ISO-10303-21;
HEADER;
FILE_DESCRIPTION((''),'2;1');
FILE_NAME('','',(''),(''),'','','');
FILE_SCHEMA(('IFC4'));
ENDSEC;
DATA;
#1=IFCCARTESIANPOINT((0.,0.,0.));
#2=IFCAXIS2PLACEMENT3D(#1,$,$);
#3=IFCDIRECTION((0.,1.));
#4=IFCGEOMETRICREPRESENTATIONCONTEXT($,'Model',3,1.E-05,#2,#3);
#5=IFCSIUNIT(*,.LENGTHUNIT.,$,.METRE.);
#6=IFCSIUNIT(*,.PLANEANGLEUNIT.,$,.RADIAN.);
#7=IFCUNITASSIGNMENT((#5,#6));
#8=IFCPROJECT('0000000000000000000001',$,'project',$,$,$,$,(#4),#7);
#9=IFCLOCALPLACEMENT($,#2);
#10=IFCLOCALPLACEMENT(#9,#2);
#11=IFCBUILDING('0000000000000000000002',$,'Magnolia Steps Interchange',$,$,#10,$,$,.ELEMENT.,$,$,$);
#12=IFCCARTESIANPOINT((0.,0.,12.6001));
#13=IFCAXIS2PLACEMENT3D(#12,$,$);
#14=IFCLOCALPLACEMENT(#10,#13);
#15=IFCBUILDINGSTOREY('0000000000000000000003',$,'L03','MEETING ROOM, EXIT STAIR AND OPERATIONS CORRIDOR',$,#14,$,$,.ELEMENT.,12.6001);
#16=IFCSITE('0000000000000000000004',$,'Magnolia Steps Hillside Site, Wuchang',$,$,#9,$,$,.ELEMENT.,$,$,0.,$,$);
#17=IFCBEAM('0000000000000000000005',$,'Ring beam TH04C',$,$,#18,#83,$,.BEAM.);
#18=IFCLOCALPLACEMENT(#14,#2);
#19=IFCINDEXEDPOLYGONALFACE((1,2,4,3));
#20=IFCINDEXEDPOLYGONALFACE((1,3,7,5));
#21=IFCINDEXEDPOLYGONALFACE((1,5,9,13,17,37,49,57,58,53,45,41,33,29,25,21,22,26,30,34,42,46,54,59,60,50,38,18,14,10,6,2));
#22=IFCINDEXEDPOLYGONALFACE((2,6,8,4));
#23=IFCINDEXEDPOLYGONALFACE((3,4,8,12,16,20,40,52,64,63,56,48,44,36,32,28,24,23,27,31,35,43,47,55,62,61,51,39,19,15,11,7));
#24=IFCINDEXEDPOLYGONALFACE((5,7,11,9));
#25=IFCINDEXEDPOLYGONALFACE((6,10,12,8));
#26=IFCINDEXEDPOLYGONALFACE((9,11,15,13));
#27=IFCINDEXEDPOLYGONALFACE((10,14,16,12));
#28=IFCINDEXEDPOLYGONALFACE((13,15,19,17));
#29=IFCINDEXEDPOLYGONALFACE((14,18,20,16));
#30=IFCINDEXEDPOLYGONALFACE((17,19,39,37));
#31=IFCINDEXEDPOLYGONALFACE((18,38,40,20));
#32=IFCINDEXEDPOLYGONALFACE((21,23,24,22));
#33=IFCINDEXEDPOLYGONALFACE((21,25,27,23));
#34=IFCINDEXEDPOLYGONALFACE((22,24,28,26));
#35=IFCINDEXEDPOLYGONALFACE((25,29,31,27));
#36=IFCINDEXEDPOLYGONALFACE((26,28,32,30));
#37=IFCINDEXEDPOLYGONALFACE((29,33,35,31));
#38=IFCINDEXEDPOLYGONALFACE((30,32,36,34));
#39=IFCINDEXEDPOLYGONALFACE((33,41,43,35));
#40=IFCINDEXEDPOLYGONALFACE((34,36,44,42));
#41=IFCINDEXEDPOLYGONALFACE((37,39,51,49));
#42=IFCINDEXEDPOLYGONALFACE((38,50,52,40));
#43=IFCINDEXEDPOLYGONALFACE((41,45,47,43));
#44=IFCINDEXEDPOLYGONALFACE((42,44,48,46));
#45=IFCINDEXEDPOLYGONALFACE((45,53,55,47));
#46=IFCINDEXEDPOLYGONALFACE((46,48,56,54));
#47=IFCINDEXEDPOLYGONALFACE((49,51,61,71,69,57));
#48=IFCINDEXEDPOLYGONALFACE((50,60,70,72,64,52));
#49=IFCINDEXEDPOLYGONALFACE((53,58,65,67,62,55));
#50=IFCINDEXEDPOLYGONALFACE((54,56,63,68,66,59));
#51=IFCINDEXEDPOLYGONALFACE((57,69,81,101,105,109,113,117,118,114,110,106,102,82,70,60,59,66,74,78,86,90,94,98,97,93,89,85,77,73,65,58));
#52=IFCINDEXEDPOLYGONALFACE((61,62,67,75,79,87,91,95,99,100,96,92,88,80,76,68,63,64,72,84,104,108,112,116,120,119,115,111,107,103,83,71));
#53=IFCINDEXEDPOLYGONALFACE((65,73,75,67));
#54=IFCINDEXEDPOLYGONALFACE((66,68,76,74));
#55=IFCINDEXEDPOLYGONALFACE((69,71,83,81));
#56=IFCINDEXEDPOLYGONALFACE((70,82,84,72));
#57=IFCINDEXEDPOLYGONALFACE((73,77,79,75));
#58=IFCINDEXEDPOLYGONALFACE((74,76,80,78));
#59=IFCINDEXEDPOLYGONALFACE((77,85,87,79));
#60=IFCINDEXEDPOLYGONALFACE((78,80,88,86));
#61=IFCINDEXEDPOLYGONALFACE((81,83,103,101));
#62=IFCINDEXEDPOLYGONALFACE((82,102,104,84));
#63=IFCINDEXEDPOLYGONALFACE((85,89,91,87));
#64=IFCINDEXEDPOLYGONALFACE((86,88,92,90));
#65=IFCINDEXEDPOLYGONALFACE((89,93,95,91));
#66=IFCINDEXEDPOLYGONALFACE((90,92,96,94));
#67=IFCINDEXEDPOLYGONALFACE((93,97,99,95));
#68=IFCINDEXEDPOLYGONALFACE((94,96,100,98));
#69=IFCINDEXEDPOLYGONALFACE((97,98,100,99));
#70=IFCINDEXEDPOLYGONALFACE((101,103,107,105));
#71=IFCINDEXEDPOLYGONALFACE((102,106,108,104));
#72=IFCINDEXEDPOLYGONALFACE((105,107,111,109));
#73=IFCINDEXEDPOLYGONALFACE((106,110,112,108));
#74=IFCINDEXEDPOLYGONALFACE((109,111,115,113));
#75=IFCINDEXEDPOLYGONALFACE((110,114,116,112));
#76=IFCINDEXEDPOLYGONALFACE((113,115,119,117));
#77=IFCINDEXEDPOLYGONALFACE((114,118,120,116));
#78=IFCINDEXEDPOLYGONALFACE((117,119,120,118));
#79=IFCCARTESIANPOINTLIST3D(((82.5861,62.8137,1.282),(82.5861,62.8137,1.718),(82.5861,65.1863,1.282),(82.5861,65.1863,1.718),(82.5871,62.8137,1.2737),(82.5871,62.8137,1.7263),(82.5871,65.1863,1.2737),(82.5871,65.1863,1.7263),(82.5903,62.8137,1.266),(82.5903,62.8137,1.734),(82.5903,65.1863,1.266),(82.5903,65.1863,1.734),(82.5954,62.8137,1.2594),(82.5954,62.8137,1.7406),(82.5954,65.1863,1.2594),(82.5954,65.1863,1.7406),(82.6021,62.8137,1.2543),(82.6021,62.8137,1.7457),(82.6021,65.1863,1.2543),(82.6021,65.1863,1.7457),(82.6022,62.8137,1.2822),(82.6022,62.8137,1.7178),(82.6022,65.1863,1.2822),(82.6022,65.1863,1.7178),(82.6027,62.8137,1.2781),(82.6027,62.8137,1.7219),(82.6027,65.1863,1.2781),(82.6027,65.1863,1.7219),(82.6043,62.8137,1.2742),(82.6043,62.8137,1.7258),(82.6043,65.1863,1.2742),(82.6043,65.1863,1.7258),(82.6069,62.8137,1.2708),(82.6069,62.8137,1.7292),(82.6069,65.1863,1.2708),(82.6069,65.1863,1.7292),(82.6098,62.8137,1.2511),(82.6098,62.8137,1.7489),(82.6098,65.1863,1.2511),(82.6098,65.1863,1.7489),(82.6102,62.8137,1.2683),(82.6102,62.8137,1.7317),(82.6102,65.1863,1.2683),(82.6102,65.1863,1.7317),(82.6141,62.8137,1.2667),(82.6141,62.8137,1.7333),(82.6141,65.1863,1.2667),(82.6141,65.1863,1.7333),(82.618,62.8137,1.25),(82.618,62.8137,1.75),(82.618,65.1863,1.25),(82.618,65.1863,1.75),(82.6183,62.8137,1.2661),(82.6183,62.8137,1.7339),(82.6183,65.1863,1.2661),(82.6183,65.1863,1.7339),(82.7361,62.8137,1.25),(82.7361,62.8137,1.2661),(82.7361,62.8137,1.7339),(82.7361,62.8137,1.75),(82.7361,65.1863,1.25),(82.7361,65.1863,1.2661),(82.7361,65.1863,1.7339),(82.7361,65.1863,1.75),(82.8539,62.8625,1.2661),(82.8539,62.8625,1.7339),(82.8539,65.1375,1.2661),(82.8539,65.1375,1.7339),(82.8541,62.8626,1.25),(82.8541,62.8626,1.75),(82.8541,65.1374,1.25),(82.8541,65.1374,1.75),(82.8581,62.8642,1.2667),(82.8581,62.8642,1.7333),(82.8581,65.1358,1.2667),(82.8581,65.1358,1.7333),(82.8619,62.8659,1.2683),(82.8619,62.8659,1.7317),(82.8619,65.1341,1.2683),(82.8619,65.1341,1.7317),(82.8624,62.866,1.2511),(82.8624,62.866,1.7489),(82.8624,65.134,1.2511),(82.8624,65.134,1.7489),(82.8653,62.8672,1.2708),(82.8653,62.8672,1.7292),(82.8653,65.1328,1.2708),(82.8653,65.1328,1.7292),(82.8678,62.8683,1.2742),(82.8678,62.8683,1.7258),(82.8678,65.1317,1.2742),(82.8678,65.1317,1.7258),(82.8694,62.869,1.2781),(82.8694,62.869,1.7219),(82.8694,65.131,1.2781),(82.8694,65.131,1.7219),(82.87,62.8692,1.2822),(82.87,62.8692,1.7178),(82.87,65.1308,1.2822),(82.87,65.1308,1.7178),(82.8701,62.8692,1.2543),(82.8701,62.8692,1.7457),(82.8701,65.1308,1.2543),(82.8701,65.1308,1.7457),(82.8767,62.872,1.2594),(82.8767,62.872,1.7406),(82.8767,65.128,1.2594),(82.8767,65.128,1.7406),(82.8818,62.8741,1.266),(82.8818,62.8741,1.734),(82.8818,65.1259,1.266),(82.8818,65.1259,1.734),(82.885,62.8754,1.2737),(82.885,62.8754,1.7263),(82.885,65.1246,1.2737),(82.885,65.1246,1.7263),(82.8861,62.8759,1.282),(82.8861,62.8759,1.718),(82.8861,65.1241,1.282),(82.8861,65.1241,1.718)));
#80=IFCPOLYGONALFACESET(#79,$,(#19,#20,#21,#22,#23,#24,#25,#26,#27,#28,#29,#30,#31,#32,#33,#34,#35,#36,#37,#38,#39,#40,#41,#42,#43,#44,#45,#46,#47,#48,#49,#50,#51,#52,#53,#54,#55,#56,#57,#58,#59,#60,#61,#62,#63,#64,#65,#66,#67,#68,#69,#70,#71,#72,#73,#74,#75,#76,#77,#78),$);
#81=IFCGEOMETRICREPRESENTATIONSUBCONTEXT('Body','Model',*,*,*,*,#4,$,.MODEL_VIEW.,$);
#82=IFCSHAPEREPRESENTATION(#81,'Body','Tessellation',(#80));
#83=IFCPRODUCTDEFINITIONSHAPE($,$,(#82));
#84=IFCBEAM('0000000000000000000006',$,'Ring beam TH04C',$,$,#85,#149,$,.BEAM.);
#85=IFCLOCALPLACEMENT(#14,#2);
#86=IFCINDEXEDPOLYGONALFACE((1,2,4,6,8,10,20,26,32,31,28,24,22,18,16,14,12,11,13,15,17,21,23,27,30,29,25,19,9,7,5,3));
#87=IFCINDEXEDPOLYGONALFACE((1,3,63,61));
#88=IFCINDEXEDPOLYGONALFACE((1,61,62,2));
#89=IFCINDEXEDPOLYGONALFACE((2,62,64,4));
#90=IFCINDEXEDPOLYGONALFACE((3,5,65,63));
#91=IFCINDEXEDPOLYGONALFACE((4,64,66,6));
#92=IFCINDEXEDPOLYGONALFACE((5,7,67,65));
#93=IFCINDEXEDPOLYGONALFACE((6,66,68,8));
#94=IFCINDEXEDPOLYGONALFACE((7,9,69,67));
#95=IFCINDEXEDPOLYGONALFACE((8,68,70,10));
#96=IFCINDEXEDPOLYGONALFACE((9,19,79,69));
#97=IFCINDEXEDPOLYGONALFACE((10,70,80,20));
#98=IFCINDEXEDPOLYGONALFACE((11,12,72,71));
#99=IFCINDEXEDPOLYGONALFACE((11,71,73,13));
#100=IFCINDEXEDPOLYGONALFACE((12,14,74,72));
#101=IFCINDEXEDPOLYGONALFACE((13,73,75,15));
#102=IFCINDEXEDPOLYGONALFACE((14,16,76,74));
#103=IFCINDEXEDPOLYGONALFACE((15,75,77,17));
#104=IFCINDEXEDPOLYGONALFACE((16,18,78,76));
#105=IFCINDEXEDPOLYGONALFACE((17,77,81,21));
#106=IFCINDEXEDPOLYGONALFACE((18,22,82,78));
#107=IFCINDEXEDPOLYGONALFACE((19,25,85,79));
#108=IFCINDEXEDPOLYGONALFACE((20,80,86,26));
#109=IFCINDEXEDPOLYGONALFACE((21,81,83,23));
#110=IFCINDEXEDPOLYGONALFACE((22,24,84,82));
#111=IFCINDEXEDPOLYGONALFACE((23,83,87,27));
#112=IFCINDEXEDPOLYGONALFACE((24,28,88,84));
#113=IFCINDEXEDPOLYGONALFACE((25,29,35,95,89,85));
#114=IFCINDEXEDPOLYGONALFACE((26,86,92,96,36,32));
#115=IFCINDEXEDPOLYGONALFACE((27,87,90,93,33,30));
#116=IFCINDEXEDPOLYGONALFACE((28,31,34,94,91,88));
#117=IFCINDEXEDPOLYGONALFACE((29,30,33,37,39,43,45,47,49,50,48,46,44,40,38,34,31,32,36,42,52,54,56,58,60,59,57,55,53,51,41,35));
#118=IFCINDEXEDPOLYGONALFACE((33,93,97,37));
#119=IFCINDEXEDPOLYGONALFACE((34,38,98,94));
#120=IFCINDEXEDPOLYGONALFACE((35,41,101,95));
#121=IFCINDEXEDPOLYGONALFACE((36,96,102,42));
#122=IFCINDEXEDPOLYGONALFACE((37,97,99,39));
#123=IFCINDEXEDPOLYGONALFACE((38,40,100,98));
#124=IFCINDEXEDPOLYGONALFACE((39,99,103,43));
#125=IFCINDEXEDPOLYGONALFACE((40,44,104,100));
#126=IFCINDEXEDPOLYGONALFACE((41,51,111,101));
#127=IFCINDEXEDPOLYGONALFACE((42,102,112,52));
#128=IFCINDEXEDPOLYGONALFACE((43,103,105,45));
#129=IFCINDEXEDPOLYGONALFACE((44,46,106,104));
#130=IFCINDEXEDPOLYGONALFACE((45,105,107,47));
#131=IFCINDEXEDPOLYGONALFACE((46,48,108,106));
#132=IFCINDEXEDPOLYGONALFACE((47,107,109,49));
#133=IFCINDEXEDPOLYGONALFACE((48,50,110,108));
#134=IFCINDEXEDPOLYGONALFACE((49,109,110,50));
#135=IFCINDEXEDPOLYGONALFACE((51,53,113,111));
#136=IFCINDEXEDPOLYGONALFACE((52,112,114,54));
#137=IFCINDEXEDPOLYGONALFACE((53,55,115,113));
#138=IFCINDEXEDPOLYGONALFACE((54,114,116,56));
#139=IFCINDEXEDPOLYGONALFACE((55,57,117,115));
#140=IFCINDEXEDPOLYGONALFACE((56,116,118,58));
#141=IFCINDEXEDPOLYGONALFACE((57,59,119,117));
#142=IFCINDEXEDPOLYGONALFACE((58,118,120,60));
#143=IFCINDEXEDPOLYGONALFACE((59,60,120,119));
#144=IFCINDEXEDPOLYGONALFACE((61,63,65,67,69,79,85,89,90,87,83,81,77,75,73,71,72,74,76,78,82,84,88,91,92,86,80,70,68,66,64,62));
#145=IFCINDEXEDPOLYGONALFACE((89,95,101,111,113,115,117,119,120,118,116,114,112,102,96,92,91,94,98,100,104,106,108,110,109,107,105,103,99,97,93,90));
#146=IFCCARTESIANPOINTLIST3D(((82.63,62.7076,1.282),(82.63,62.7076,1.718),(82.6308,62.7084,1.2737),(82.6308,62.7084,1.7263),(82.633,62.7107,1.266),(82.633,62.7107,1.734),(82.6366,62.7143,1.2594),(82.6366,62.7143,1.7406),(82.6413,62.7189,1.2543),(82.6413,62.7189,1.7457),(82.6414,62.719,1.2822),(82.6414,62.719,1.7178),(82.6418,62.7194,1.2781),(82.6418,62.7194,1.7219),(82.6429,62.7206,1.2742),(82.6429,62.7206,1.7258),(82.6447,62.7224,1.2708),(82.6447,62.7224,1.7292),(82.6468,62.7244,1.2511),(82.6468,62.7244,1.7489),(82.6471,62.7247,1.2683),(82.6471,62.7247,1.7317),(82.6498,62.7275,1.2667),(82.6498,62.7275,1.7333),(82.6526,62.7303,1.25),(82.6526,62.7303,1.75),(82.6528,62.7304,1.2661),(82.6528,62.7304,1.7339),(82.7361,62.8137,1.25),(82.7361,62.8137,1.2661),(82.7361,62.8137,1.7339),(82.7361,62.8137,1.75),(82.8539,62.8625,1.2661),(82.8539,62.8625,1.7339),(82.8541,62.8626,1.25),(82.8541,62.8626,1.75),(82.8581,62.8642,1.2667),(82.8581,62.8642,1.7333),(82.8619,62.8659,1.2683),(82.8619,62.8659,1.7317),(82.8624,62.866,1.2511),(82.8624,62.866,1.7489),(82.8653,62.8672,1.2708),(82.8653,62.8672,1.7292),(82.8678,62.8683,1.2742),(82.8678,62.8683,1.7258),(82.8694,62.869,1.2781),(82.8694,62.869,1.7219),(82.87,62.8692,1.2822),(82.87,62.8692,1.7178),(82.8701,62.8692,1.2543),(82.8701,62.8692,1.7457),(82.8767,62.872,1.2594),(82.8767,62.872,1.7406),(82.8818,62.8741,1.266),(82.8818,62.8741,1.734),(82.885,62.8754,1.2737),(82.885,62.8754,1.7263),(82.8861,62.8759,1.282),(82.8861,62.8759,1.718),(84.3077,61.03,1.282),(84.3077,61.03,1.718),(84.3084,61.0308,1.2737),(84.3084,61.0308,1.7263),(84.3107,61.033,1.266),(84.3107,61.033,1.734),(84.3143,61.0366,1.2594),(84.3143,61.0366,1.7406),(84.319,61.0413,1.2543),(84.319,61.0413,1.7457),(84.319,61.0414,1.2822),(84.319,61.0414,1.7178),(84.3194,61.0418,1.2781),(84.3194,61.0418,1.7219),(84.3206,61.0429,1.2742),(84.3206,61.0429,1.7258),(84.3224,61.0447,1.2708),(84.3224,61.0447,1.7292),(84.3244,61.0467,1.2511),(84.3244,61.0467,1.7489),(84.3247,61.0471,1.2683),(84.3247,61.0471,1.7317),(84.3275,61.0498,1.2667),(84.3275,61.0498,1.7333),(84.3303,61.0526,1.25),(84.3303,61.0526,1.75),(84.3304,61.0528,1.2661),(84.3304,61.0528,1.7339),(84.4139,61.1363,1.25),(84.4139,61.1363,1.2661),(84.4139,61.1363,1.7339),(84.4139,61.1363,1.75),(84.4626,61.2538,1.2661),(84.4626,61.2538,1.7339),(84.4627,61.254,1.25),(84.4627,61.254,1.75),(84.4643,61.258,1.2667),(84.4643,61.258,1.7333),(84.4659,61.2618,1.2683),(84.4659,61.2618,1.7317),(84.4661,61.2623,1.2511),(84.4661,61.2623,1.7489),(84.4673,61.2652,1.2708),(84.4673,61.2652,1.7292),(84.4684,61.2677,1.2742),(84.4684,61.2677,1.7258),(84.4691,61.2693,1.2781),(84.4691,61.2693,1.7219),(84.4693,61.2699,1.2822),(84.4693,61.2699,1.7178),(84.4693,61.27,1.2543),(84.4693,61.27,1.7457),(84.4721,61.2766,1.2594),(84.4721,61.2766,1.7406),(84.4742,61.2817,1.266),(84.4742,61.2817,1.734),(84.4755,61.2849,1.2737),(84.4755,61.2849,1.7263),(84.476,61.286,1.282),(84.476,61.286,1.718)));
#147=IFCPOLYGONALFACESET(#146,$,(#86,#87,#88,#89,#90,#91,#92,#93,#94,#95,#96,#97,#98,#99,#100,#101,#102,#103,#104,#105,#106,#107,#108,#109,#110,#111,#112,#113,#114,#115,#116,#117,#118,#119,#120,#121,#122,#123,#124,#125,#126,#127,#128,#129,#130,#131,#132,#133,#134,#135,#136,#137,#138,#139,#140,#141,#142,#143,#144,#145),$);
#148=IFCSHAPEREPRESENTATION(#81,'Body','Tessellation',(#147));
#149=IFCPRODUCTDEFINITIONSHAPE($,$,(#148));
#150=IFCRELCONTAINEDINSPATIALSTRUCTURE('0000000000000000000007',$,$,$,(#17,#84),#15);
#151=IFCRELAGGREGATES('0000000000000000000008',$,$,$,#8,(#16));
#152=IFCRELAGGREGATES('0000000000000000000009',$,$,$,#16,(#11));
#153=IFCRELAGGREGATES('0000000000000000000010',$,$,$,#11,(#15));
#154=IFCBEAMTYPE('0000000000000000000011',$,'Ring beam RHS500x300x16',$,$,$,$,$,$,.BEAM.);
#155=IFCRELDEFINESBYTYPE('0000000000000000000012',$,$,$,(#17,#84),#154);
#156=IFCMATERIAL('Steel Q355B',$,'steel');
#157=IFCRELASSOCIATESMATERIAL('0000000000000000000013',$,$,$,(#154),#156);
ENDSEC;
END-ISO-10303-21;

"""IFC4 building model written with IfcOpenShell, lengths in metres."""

from ifc_helpers import new_model, si_unit, direction, frame, origin, origin_2d, place, context, subcontext, project, spatial, hollow_rectangle, extrude, clip, halfspace, material, material_profile, profile_set, type_object, element, save


model = new_model("IFC4")

# Units and contexts
model_context = context("Model", 3, precision=1e-05, world=origin(), true_north=direction((0.0, 1.0)))
body_context = subcontext(model_context, "Body", "Model", "MODEL_VIEW")
ifc_project = project(units=[si_unit("LENGTHUNIT", "METRE"), si_unit("PLANEANGLEUNIT", "RADIAN")], contexts=[model_context])

# Site, building, storey
site_placement = place(None, origin())
site = spatial("IfcSite", under=ifc_project, at=site_placement, Name="Magnolia Steps Hillside Site, Wuchang", CompositionType="ELEMENT", RefElevation=0.0)
building_placement = place(site_placement, origin())
building = spatial("IfcBuilding", under=site, at=building_placement, Name="Magnolia Steps Interchange", CompositionType="ELEMENT")
storey_placement = place(building_placement, frame((0.0, 0.0, 12.6001)))
storey = spatial("IfcBuildingStorey", under=building, at=storey_placement, Name="L03", Description="MEETING ROOM, EXIT STAIR AND OPERATIONS CORRIDOR", CompositionType="ELEMENT", Elevation=12.6001)

# Beams
ifc_material_1 = material(Name="Steel Q355B", Category="steel")
ifc_material_profile_1 = material_profile(ifc_material_1, hollow_rectangle(XDim=0.3, YDim=0.5, WallThickness=0.0161, InnerFilletRadius=0.0161, OuterFilletRadius=0.032, at=origin_2d()), Name="RHS500x300x16")
ifc_profile_set_1 = profile_set([ifc_material_profile_1], Name="Steel Q355B")
beam_type_1 = type_object("IfcBeamType", Name="Ring beam RHS500x300x16", PredefinedType="BEAM", material=ifc_profile_set_1)
for number, where, z_axis, x_axis, name in (
    (1, (82.7361, 65.1863, 1.5), (0.0, -1.0, 0.0), (1.0, 0.0, 0.0), "Ring beam TH04C"),
):
    element("IfcBeam", number, at=place(storey_placement, frame(where, z_axis=z_axis, x_axis=x_axis)), inside=storey, type_object=beam_type_1, Name=name, PredefinedType="BEAM", context=body_context, shape_type="Clipping", body=[
        clip(clip(extrude(hollow_rectangle(XDim=0.3, YDim=0.5, WallThickness=0.0161, InnerFilletRadius=0.0161, OuterFilletRadius=0.032, at=origin_2d()), origin(), (0.0, 0.0, 1.0), 2.3726), halfspace(frame((0.0, 0.0, 0.0), z_axis=(0.382683, 0.0, -0.92388), x_axis=(0.92388, 0.0, 0.382683)), False)), halfspace(frame((0.0, 0.0, 2.3726), z_axis=(0.382683, 0.0, 0.92388), x_axis=(0.92388, 0.0, -0.382683)), False)),
    ])
beam_1_placement = place(storey_placement, frame((82.7361, 62.8137, 1.5), z_axis=(0.707107, -0.707107, 0.0), x_axis=(0.707107, 0.707107, 0.0)))
element("IfcBeam", 2, at=beam_1_placement, inside=storey, type_object=beam_type_1, Name="Ring beam TH04C", PredefinedType="BEAM", context=body_context, shape_type="Clipping", body=[
    clip(clip(extrude(hollow_rectangle(XDim=0.3, YDim=0.5, WallThickness=0.0161, InnerFilletRadius=0.0161, OuterFilletRadius=0.032, at=origin_2d()), origin(), (0.0, 0.0, 1.0), 2.3726), halfspace(frame((0.0, 0.0, 0.0), z_axis=(0.382683, 0.0, -0.92388), x_axis=(0.92388, 0.0, 0.382683)), False)), halfspace(frame((0.0, 0.0, 2.3727), z_axis=(0.382683, 0.0, 0.92388), x_axis=(0.92388, 0.0, -0.382683)), False)),
])

save(model, "model.ifc")
